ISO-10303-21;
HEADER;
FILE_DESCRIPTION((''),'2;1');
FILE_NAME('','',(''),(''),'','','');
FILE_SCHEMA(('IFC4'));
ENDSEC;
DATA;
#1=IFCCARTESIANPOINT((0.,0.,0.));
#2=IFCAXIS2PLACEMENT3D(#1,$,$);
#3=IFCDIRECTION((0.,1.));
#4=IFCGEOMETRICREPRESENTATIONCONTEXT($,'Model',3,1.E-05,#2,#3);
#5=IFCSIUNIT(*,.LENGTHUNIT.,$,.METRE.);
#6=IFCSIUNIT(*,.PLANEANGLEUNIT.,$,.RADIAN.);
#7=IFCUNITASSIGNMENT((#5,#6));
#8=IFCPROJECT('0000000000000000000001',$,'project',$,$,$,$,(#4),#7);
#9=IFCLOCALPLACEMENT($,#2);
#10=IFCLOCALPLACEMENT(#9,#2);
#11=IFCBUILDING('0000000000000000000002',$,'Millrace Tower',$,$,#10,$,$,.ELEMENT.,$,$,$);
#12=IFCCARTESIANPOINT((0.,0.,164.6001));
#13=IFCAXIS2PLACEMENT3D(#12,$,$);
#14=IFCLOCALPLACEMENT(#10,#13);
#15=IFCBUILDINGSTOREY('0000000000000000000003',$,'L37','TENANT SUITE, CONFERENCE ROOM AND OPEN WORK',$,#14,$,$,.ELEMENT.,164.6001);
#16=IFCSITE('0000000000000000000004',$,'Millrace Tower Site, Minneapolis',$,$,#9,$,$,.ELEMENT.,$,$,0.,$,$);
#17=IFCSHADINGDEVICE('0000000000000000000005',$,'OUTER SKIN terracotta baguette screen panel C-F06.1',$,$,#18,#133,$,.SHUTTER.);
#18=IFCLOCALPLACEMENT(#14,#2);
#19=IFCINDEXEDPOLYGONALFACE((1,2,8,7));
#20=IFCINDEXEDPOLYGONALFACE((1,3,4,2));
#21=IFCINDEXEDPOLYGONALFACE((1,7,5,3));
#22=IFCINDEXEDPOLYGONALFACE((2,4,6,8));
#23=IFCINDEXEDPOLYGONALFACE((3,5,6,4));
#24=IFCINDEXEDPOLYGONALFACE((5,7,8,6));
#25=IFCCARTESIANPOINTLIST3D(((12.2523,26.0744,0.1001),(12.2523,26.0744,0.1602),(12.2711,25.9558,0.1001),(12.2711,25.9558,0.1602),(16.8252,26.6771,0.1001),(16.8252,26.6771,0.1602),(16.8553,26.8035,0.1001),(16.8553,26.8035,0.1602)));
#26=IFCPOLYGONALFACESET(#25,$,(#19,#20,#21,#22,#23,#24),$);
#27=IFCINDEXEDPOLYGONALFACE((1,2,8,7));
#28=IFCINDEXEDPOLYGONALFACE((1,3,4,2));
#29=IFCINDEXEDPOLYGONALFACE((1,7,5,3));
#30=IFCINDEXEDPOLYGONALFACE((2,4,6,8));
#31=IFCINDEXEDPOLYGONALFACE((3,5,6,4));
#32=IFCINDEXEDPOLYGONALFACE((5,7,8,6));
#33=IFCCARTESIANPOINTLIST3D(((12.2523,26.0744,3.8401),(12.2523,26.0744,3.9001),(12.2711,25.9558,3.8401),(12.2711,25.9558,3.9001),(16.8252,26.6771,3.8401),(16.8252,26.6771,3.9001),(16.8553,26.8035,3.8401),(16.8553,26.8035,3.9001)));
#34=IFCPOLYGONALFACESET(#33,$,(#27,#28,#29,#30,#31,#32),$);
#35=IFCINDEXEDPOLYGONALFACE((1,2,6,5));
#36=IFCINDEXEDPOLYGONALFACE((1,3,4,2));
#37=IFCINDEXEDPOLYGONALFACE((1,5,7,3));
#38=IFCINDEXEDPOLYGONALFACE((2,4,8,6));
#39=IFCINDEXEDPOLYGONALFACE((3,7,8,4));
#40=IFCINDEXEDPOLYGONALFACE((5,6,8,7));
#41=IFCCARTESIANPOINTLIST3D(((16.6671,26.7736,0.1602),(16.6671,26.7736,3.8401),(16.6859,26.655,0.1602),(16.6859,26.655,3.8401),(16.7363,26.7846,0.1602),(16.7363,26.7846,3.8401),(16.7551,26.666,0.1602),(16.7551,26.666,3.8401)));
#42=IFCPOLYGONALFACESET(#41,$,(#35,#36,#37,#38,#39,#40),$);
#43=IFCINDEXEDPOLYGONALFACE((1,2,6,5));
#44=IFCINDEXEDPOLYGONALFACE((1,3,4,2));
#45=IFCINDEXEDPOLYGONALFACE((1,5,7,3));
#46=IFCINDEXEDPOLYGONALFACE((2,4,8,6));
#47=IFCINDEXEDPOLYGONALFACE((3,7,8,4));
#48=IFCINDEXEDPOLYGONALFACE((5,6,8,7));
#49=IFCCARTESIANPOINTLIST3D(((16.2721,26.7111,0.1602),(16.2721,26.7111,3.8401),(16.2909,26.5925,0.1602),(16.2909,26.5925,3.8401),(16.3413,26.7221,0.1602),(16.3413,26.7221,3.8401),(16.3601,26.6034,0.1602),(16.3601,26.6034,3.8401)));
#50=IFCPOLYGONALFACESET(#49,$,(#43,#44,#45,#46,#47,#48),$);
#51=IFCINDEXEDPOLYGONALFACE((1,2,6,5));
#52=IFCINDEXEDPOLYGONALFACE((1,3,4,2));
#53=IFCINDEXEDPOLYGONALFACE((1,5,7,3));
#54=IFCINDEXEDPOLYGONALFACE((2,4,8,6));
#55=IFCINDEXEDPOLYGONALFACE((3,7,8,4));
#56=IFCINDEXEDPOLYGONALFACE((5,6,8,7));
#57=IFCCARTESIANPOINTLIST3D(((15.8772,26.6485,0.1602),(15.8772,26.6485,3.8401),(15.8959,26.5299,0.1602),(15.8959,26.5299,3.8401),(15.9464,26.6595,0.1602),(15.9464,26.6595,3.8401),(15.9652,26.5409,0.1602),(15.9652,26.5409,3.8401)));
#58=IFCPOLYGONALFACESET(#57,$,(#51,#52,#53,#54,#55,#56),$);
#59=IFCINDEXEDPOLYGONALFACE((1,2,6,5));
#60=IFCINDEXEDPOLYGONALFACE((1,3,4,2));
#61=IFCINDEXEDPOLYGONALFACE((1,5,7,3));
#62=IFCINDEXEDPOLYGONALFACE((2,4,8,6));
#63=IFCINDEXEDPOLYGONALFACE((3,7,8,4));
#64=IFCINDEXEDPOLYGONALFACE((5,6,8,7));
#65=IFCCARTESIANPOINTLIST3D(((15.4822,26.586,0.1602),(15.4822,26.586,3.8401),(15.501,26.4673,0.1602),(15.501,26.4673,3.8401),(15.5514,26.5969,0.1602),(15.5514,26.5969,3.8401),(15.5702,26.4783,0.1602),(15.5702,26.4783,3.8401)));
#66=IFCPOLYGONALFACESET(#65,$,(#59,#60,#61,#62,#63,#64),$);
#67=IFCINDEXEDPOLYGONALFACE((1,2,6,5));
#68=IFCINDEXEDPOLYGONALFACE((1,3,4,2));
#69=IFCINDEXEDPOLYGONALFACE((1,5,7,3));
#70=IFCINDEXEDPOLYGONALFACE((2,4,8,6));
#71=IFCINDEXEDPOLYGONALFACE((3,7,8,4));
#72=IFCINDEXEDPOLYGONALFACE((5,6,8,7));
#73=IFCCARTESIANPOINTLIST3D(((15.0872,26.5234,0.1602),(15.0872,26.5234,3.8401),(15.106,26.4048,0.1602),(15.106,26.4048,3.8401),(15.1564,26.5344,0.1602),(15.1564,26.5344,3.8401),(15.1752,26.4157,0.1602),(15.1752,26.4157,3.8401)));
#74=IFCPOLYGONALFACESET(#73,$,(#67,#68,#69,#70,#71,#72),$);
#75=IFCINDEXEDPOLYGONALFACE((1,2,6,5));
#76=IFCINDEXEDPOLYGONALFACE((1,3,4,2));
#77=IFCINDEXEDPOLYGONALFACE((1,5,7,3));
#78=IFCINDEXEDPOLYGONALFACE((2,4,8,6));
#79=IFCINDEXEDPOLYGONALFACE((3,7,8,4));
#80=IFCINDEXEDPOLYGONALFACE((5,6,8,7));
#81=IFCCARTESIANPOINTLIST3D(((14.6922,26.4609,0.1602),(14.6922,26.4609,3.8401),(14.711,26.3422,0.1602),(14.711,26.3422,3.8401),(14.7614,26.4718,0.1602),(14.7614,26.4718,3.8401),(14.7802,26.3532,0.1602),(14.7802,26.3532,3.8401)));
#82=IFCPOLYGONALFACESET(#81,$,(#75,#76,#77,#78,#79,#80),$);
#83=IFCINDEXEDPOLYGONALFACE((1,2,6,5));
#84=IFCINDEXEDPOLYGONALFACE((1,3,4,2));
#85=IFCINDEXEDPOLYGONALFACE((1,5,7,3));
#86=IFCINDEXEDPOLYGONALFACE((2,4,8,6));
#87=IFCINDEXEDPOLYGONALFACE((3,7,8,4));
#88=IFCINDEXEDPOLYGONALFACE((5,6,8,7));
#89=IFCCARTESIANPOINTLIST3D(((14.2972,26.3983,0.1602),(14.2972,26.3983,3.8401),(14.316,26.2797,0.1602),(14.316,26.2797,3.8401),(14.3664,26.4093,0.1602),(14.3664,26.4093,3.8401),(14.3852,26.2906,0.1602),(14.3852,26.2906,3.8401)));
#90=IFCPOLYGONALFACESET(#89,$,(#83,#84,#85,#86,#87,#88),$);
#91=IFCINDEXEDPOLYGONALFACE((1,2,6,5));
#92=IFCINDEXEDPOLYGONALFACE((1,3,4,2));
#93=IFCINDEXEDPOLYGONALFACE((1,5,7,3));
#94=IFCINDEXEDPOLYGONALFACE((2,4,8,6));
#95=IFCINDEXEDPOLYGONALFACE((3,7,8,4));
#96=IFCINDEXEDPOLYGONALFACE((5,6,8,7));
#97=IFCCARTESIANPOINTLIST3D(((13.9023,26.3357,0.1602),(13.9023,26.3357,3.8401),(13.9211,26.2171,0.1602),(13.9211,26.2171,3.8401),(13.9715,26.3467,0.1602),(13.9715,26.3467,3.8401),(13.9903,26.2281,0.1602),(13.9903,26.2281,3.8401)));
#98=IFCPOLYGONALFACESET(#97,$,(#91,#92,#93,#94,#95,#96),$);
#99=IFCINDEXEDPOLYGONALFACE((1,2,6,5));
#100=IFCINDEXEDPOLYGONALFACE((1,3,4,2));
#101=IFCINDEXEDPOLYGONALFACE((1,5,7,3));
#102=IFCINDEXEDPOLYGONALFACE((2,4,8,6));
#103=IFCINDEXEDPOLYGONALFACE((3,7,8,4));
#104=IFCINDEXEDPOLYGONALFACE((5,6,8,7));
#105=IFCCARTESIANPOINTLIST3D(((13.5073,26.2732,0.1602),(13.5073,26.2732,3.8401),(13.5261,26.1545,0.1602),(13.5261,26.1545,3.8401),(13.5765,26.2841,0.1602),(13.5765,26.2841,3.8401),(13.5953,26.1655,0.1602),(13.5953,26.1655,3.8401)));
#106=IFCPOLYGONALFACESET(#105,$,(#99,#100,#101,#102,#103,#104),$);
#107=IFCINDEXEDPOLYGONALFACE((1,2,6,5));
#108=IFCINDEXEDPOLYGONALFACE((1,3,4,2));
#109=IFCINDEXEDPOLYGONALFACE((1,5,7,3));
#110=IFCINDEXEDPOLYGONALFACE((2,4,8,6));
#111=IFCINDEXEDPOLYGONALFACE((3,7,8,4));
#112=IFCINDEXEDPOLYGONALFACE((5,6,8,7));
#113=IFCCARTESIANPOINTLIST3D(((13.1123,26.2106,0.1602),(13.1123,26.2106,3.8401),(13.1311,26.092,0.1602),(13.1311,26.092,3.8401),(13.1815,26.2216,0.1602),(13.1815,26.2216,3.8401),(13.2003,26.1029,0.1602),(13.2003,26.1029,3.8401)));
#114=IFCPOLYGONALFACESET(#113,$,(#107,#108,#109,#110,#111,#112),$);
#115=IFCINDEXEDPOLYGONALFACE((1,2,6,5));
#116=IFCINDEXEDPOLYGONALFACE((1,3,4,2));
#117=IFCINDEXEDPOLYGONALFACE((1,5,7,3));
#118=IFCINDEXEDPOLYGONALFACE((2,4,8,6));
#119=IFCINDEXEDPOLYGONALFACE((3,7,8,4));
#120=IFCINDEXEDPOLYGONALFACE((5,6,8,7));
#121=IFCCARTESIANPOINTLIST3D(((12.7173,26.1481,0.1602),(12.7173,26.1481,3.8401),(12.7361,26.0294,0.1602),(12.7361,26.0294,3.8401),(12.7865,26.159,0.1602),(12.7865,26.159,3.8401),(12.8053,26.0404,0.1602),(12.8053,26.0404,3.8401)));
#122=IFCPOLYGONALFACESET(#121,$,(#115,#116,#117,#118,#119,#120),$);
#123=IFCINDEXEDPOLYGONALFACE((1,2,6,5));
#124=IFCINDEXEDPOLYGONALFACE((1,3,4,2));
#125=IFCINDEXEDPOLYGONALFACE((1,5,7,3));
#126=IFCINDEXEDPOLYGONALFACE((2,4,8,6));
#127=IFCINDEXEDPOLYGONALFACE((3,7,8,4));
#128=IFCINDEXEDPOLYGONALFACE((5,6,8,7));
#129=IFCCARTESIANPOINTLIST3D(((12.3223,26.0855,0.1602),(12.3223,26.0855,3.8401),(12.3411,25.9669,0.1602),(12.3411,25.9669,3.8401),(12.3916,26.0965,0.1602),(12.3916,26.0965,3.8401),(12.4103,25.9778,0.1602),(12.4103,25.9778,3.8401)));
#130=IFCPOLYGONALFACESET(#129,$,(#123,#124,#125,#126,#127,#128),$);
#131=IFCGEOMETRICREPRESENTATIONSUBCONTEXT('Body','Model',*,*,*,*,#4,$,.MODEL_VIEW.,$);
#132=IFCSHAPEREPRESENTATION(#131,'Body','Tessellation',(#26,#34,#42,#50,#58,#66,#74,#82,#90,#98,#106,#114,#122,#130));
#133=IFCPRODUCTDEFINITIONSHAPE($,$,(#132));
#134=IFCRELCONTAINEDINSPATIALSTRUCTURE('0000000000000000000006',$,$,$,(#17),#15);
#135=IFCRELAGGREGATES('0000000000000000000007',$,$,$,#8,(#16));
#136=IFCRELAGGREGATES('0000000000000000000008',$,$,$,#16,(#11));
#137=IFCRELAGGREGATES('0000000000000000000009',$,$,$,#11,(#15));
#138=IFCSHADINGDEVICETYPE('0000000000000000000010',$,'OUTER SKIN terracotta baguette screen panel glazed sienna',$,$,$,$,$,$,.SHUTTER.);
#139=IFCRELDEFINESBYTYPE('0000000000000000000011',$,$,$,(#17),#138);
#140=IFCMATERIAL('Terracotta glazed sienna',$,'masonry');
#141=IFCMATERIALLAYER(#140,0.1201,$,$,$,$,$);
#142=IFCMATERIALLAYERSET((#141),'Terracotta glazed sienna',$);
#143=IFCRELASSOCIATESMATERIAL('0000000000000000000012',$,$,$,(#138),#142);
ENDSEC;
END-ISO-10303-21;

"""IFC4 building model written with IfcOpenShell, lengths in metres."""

from ifc_helpers import new_model, entity, si_unit, direction, frame, frame_2d, origin, place, context, subcontext, project, spatial, rectangle, extrude, source, transform, mapped, material, layer, layer_set, type_object, element, save


model = new_model("IFC4")

# Units and contexts
model_context = context("Model", 3, precision=1e-05, world=origin(), true_north=direction((0.0, 1.0)))
body_context = subcontext(model_context, "Body", "Model", "MODEL_VIEW")
ifc_project = project(units=[si_unit("LENGTHUNIT", "METRE"), si_unit("PLANEANGLEUNIT", "RADIAN")], contexts=[model_context])

# Site, building, storey
site_placement = place(None, origin())
site = spatial("IfcSite", under=ifc_project, at=site_placement, Name="Millrace Tower Site, Minneapolis", CompositionType="ELEMENT", RefElevation=0.0)
building_placement = place(site_placement, origin())
building = spatial("IfcBuilding", under=site, at=building_placement, Name="Millrace Tower", CompositionType="ELEMENT")
storey_placement = place(building_placement, frame((0.0, 0.0, 164.6001)))
storey = spatial("IfcBuildingStorey", under=building, at=storey_placement, Name="L37", Description="TENANT SUITE, CONFERENCE ROOM AND OPEN WORK", CompositionType="ELEMENT", Elevation=164.6001)

# Shading device
ifc_material_1 = material(Name="Terracotta glazed sienna", Category="masonry")
ifc_layer_1 = layer(ifc_material_1, 0.1201)
ifc_layer_set_1 = layer_set([ifc_layer_1], Name="Terracotta glazed sienna")
shading_device_type = type_object("IfcShadingDeviceType", Name="OUTER SKIN terracotta baguette screen panel glazed sienna", PredefinedType="SHUTTER", material=ifc_layer_set_1)
cartesian_point_1 = entity("IfcCartesianPoint", [-2.293, 0.0601])
shared_polyline_1 = entity("IfcPolyline", [cartesian_point_1, entity("IfcCartesianPoint", [2.3179, 0.0601]), entity("IfcCartesianPoint", [2.3179, -0.0601]), entity("IfcCartesianPoint", [-2.3425, -0.0601]), cartesian_point_1])
shared_shape_1 = source(origin(), body_context, "Body", "SweptSolid", [
    entity("IfcExtrudedAreaSolid", entity("IfcArbitraryClosedProfileDef", "AREA", None, shared_polyline_1), entity("IfcAxis2Placement3D", entity("IfcCartesianPoint", [0.0, 0.0, 0.0])), entity("IfcDirection", [0.0, 0.0, 1.0]), 0.0601),
    entity("IfcExtrudedAreaSolid", entity("IfcArbitraryClosedProfileDef", "AREA", None, shared_polyline_1), entity("IfcAxis2Placement3D", entity("IfcCartesianPoint", [0.0, 0.0, 3.74])), entity("IfcDirection", [0.0, 0.0, 1.0]), 0.0601),
    extrude(rectangle(XDim=0.0701, YDim=0.1201, at=frame_2d((-2.187, 0.0))), frame((0.0, 0.0, 0.0601)), (0.0, 0.0, 1.0), 3.6799),
    extrude(rectangle(XDim=0.0701, YDim=0.1201, at=frame_2d((-1.7871, 0.0))), frame((0.0, 0.0, 0.0601)), (0.0, 0.0, 1.0), 3.6799),
    extrude(rectangle(XDim=0.0701, YDim=0.1201, at=frame_2d((-1.3872, 0.0))), frame((0.0, 0.0, 0.0601)), (0.0, 0.0, 1.0), 3.6799),
    extrude(rectangle(XDim=0.0701, YDim=0.1201, at=frame_2d((-0.9873, 0.0))), frame((0.0, 0.0, 0.0601)), (0.0, 0.0, 1.0), 3.6799),
    extrude(rectangle(XDim=0.0701, YDim=0.1201, at=frame_2d((-0.5874, 0.0))), frame((0.0, 0.0, 0.0601)), (0.0, 0.0, 1.0), 3.6799),
    extrude(rectangle(XDim=0.0701, YDim=0.1201, at=frame_2d((-0.1875, 0.0))), frame((0.0, 0.0, 0.0601)), (0.0, 0.0, 1.0), 3.6799),
    extrude(rectangle(XDim=0.0701, YDim=0.1201, at=frame_2d((0.2124, 0.0))), frame((0.0, 0.0, 0.0601)), (0.0, 0.0, 1.0), 3.6799),
    extrude(rectangle(XDim=0.0701, YDim=0.1201, at=frame_2d((0.6123, 0.0))), frame((0.0, 0.0, 0.0601)), (0.0, 0.0, 1.0), 3.6799),
    extrude(rectangle(XDim=0.0701, YDim=0.1201, at=frame_2d((1.0122, 0.0))), frame((0.0, 0.0, 0.0601)), (0.0, 0.0, 1.0), 3.6799),
    extrude(rectangle(XDim=0.0701, YDim=0.1201, at=frame_2d((1.4121, 0.0))), frame((0.0, 0.0, 0.0601)), (0.0, 0.0, 1.0), 3.6799),
    extrude(rectangle(XDim=0.0701, YDim=0.1201, at=frame_2d((1.812, 0.0))), frame((0.0, 0.0, 0.0601)), (0.0, 0.0, 1.0), 3.6799),
    extrude(rectangle(XDim=0.0701, YDim=0.1201, at=frame_2d((2.2119, 0.0))), frame((0.0, 0.0, 0.0601)), (0.0, 0.0, 1.0), 3.6799),
])
shading_device_placement = place(storey_placement, frame((14.551, 26.3777, 0.1001), z_axis=(0.0, 0.0, 1.0), x_axis=(-0.987688, -0.156434, 0.0)))
element("IfcShadingDevice", 1, at=shading_device_placement, inside=storey, type_object=shading_device_type, Name="OUTER SKIN terracotta baguette screen panel C-F06.1", PredefinedType="SHUTTER", context=body_context, shape_type="MappedRepresentation", body=[
    mapped(shared_shape_1, transform((0.0, 0.0, 0.0), scale=1.0)),
])

save(model, "model.ifc")
